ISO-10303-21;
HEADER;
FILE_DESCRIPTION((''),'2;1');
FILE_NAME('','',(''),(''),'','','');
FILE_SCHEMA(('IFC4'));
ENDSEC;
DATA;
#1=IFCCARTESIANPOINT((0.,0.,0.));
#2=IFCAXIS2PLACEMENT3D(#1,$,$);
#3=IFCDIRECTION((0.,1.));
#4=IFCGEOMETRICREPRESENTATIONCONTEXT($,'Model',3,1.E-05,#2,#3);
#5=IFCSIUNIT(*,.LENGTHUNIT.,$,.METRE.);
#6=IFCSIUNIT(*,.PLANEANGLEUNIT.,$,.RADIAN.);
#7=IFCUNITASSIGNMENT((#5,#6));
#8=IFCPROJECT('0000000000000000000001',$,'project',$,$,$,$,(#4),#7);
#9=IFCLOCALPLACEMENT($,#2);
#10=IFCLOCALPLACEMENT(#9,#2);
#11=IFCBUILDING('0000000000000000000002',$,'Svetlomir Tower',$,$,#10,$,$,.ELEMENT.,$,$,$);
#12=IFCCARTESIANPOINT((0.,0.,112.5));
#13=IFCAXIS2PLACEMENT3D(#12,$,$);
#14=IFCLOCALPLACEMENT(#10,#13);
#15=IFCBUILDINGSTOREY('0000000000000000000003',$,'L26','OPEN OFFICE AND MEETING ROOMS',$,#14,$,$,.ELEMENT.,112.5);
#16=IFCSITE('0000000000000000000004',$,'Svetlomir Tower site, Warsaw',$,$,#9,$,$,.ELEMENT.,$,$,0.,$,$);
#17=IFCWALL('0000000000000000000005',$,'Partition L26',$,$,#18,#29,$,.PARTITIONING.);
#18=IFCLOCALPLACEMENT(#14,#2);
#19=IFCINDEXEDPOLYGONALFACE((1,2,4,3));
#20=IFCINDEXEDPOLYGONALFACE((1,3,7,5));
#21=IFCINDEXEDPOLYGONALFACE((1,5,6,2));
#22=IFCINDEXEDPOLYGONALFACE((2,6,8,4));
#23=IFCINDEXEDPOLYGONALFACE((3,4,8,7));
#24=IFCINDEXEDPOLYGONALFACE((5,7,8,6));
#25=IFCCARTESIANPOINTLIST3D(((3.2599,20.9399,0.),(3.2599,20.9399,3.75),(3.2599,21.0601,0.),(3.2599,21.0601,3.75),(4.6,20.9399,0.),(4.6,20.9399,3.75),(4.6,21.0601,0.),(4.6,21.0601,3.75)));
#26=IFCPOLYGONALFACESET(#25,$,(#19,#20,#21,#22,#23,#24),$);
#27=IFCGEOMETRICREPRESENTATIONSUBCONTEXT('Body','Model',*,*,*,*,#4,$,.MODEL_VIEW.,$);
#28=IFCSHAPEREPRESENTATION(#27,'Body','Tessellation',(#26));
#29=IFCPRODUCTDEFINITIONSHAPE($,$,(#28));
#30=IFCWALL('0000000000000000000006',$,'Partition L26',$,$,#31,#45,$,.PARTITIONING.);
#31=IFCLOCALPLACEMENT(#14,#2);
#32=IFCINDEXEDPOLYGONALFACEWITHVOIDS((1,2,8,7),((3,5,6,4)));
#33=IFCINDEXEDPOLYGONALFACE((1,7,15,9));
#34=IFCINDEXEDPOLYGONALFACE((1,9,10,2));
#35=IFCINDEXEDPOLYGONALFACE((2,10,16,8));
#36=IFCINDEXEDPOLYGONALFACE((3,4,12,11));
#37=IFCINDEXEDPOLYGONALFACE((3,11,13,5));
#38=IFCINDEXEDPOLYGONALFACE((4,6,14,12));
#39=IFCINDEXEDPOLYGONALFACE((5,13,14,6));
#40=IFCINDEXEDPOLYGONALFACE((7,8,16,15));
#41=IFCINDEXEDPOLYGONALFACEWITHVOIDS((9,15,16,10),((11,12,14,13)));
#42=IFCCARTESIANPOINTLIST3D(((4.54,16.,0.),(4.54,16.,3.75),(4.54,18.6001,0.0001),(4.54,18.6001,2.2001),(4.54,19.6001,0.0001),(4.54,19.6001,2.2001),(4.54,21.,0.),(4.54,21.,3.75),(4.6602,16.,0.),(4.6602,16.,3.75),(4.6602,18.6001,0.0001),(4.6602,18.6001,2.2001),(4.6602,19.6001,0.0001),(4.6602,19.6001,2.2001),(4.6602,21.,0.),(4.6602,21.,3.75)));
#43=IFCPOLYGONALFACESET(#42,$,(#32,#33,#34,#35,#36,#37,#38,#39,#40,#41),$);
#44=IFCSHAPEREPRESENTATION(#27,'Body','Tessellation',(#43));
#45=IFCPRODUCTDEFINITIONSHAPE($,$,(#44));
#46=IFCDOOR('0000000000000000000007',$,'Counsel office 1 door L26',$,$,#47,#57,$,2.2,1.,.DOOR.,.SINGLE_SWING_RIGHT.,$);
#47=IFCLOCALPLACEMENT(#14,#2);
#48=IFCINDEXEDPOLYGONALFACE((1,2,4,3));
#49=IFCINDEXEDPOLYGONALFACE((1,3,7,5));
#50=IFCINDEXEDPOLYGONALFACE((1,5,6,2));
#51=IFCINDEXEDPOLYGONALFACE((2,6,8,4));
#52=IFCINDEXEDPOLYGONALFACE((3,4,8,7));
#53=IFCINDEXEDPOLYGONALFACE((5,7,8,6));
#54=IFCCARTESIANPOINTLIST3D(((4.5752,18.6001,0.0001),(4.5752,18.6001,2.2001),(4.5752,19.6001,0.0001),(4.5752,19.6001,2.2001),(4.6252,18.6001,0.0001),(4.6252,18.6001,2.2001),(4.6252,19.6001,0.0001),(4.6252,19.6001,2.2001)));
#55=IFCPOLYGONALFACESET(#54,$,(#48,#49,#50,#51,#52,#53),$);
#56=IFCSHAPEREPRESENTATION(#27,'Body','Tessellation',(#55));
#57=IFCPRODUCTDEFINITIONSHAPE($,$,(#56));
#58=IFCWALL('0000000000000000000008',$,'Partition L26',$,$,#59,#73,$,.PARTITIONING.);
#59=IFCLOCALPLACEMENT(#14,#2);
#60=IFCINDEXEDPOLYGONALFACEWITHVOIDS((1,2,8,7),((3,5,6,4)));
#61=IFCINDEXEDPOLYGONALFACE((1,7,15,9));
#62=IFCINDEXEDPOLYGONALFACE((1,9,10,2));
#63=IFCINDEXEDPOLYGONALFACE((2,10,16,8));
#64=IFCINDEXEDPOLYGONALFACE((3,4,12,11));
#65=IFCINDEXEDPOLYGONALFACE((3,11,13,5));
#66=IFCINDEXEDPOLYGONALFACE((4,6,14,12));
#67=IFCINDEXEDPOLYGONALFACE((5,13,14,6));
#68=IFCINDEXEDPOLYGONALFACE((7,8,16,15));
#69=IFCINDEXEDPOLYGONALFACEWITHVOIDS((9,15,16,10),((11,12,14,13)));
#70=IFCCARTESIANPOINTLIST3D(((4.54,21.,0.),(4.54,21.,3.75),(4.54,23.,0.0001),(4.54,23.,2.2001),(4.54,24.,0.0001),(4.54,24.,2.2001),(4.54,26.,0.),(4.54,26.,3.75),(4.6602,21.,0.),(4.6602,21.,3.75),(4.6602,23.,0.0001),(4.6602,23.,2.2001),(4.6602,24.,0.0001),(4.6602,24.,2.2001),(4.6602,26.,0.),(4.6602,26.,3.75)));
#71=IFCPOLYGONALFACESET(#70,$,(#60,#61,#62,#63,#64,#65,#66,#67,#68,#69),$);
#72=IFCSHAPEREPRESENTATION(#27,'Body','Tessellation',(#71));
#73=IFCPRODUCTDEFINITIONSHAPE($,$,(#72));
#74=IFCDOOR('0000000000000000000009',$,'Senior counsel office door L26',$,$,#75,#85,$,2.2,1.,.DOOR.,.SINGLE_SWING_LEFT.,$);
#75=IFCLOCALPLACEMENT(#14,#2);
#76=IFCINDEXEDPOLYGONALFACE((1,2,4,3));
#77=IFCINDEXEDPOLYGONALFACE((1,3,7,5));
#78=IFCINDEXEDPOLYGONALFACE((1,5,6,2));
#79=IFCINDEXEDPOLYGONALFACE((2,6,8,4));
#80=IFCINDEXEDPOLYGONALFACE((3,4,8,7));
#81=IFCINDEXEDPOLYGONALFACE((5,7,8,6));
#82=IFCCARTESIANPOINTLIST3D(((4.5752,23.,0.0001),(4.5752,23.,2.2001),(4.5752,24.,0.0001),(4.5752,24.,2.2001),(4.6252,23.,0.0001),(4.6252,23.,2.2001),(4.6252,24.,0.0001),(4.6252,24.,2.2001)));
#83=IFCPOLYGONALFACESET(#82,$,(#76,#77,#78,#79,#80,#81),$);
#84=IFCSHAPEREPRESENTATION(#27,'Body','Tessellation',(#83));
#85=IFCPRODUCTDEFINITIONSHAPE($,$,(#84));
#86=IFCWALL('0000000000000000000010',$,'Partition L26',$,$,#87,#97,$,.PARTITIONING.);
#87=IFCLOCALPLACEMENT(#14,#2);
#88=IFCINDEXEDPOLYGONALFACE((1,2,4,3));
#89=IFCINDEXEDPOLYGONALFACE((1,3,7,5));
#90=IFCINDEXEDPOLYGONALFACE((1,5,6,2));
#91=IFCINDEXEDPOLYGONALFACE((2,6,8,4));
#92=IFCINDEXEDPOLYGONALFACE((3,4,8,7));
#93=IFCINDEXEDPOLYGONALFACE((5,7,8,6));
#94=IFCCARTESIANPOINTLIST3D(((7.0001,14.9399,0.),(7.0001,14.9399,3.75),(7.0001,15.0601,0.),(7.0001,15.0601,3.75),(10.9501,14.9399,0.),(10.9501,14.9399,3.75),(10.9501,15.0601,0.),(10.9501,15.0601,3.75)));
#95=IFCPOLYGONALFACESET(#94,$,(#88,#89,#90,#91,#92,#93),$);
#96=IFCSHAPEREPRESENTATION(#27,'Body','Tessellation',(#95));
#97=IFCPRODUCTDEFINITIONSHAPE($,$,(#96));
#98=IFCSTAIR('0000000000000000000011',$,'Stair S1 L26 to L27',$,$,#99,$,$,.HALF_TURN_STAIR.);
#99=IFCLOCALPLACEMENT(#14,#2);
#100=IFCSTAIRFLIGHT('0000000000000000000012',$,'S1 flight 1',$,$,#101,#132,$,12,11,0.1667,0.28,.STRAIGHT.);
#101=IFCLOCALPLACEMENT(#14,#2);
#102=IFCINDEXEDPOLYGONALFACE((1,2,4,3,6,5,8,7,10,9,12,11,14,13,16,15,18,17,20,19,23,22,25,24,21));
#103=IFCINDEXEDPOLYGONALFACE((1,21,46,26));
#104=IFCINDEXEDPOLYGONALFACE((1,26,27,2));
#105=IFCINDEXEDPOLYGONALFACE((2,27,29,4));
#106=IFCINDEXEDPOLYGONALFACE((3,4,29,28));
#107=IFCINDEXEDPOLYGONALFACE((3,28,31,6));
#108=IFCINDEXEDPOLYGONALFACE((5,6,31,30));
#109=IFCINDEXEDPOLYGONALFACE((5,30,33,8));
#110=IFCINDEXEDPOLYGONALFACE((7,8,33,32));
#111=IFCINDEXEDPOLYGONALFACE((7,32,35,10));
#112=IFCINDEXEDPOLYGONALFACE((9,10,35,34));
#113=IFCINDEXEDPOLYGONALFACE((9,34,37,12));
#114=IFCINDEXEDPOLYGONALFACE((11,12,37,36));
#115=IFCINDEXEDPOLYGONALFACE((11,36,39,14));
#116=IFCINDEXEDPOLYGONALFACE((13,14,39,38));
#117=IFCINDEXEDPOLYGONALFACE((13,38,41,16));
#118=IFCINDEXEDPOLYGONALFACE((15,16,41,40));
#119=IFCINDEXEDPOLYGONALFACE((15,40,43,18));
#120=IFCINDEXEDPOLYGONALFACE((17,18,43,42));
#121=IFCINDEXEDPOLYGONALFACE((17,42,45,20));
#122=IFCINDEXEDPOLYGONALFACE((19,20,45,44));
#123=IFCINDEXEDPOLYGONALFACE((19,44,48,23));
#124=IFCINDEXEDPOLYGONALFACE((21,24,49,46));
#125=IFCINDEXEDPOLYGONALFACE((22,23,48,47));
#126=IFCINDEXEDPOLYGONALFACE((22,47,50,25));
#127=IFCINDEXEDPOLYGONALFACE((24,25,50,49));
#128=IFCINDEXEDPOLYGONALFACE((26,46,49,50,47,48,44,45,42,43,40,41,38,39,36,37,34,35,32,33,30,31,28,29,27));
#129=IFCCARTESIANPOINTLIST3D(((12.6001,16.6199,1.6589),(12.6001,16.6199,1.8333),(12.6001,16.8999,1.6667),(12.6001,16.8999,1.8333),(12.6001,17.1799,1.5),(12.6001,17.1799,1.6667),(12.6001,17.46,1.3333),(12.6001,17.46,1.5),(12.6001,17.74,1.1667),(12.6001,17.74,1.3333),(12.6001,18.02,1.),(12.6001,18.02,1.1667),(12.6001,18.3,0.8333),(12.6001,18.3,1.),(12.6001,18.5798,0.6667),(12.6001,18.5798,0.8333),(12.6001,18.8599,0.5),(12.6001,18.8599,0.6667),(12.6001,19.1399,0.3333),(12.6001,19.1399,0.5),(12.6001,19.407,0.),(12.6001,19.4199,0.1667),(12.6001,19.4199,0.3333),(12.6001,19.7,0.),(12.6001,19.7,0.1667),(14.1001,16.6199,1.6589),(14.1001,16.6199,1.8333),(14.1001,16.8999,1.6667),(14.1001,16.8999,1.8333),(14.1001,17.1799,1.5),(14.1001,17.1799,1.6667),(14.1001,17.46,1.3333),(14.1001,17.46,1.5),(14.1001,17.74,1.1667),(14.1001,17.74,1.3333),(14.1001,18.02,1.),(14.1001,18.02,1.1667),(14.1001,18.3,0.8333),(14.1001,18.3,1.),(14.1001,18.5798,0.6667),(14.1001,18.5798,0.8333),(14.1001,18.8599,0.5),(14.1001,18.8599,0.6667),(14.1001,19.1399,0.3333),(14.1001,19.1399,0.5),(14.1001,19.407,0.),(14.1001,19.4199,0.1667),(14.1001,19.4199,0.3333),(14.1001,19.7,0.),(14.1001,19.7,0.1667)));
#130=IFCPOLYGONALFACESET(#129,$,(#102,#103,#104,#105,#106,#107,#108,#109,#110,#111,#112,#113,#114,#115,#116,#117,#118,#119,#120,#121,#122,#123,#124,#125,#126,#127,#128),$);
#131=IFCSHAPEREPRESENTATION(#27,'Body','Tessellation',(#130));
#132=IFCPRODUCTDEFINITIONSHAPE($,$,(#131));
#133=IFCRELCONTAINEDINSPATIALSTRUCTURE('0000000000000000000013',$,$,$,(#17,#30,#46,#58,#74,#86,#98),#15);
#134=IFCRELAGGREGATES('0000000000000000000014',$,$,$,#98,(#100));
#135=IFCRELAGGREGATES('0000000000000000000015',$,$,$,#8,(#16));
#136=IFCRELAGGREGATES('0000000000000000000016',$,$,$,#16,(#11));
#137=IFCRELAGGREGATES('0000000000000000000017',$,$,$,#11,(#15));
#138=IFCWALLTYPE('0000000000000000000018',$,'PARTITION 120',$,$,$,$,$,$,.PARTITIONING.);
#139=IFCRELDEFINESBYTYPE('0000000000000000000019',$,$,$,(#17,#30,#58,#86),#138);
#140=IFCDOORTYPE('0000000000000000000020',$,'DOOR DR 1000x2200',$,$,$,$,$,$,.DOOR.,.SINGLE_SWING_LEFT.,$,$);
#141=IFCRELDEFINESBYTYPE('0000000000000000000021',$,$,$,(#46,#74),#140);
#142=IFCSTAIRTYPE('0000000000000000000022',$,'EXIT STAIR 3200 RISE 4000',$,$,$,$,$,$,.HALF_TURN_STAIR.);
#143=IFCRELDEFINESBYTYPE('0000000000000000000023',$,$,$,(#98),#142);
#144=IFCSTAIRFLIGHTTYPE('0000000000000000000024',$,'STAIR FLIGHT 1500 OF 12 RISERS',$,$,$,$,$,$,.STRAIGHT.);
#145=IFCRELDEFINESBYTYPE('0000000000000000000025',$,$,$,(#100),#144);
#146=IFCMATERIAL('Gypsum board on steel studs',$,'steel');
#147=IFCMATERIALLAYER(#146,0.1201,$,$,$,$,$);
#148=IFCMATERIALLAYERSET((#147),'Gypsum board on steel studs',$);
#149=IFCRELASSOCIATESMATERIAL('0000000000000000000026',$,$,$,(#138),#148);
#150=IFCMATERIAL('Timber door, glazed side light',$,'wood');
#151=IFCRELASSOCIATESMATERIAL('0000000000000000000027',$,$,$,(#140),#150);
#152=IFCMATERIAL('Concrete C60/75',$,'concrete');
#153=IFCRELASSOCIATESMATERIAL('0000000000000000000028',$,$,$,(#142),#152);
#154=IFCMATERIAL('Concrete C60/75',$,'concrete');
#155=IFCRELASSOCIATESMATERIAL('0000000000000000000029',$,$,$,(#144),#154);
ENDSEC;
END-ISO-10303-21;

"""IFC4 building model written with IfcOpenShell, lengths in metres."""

from ifc_helpers import new_model, si_unit, direction, frame, frame_2d, origin, place, context, subcontext, project, spatial, polyline, rectangle, outline, extrude, material, layer, layer_set, type_object, element, fill, aggregate, save


model = new_model("IFC4")

# Units and contexts
model_context = context("Model", 3, precision=1e-05, world=origin(), true_north=direction((0.0, 1.0)))
body_context = subcontext(model_context, "Body", "Model", "MODEL_VIEW")
ifc_project = project(units=[si_unit("LENGTHUNIT", "METRE"), si_unit("PLANEANGLEUNIT", "RADIAN")], contexts=[model_context])

# Site, building, storey
site_placement = place(None, origin())
site = spatial("IfcSite", under=ifc_project, at=site_placement, Name="Svetlomir Tower site, Warsaw", CompositionType="ELEMENT", RefElevation=0.0)
building_placement = place(site_placement, origin())
building = spatial("IfcBuilding", under=site, at=building_placement, Name="Svetlomir Tower", CompositionType="ELEMENT")
storey_placement = place(building_placement, frame((0.0, 0.0, 112.5)))
storey = spatial("IfcBuildingStorey", under=building, at=storey_placement, Name="L26", Description="OPEN OFFICE AND MEETING ROOMS", CompositionType="ELEMENT", Elevation=112.5)

# Wall
ifc_material_1 = material(Name="Gypsum board on steel studs", Category="steel")
ifc_layer_1 = layer(ifc_material_1, 0.1201)
ifc_layer_set_1 = layer_set([ifc_layer_1], Name="Gypsum board on steel studs")
wall_type_1 = type_object("IfcWallType", Name="PARTITION 120", PredefinedType="PARTITIONING", material=ifc_layer_set_1)
wall_1_placement = place(storey_placement, frame((3.26, 21.0, 0.0), z_axis=(0.0, 0.0, 1.0), x_axis=(1.0, 0.0, 0.0)))
element("IfcWall", 1, at=wall_1_placement, inside=storey, type_object=wall_type_1, Name="Partition L26", PredefinedType="PARTITIONING", context=body_context, shape_type="SweptSolid", body=[
    extrude(rectangle(XDim=1.3401, YDim=0.1201, at=frame_2d((0.6699, 0.0))), origin(), (0.0, 0.0, 1.0), 3.75),
])

# Walls, openings, doors
wall_2_placement = place(storey_placement, frame((4.6001, 16.0, 0.0), z_axis=(0.0, 0.0, 1.0), x_axis=(0.0, 1.0, 0.0)))
wall_2 = element("IfcWall", 2, at=wall_2_placement, inside=storey, type_object=wall_type_1, Name="Partition L26", PredefinedType="PARTITIONING", context=body_context, shape_type="SweptSolid", body=[
    extrude(rectangle(XDim=5.0, YDim=0.1201, at=frame_2d((2.5, 0.0))), origin(), (0.0, 0.0, 1.0), 3.75),
])
opening_1_placement = place(wall_2_placement, frame((2.6001, 0.0, 0.0)))
opening_1 = element("IfcOpeningElement", 3, at=opening_1_placement, cuts=wall_2, PredefinedType="OPENING", context=body_context, shape_type="SweptSolid", body=[
    extrude(rectangle(XDim=1.0, YDim=2.2, at=frame_2d((0.5, 1.1001))), frame((0.0, 0.0701, 0.0), z_axis=(0.0, -1.0, 0.0), x_axis=(1.0, 0.0, 0.0)), (0.0, 0.0, 1.0), 0.1401),
])
ifc_material_2 = material(Name="Timber door, glazed side light", Category="wood")
door_type_1 = type_object("IfcDoorType", Name="DOOR DR 1000x2200", OperationType="SINGLE_SWING_LEFT", PredefinedType="DOOR", material=ifc_material_2)
door_1_placement = place(opening_1_placement, origin())
door_1 = element("IfcDoor", 4, at=door_1_placement, inside=storey, type_object=door_type_1, Name="Counsel office 1 door L26", OperationType="SINGLE_SWING_RIGHT", OverallHeight=2.2, OverallWidth=1.0, PredefinedType="DOOR", context=body_context, shape_type="SweptSolid", body=[
    extrude(rectangle(XDim=1.0, YDim=2.2, at=frame_2d((0.5, 1.1001))), frame((0.0, 0.0249, 0.0), z_axis=(0.0, -1.0, 0.0), x_axis=(1.0, 0.0, 0.0)), (0.0, 0.0, 1.0), 0.05),
])
fill(opening_1, door_1)
wall_3_placement = place(storey_placement, frame((4.6001, 21.0, 0.0), z_axis=(0.0, 0.0, 1.0), x_axis=(0.0, 1.0, 0.0)))
wall_3 = element("IfcWall", 5, at=wall_3_placement, inside=storey, type_object=wall_type_1, Name="Partition L26", PredefinedType="PARTITIONING", context=body_context, shape_type="SweptSolid", body=[
    extrude(rectangle(XDim=5.0, YDim=0.1201, at=frame_2d((2.5, 0.0))), origin(), (0.0, 0.0, 1.0), 3.75),
])
opening_2_placement = place(wall_3_placement, frame((2.0, 0.0, 0.0)))
opening_2 = element("IfcOpeningElement", 6, at=opening_2_placement, cuts=wall_3, PredefinedType="OPENING", context=body_context, shape_type="SweptSolid", body=[
    extrude(rectangle(XDim=1.0, YDim=2.2, at=frame_2d((0.5, 1.1001))), frame((0.0, 0.0701, 0.0), z_axis=(0.0, -1.0, 0.0), x_axis=(1.0, 0.0, 0.0)), (0.0, 0.0, 1.0), 0.1401),
])
door_2_placement = place(opening_2_placement, origin())
door_2 = element("IfcDoor", 7, at=door_2_placement, inside=storey, type_object=door_type_1, Name="Senior counsel office door L26", OperationType="SINGLE_SWING_LEFT", OverallHeight=2.2, OverallWidth=1.0, PredefinedType="DOOR", context=body_context, shape_type="SweptSolid", body=[
    extrude(rectangle(XDim=1.0, YDim=2.2, at=frame_2d((0.5, 1.1001))), frame((0.0, 0.0249, 0.0), z_axis=(0.0, -1.0, 0.0), x_axis=(1.0, 0.0, 0.0)), (0.0, 0.0, 1.0), 0.05),
])
fill(opening_2, door_2)

# Wall
wall_4_placement = place(storey_placement, frame((7.0, 15.0, 0.0), z_axis=(0.0, 0.0, 1.0), x_axis=(1.0, 0.0, 0.0)))
element("IfcWall", 8, at=wall_4_placement, inside=storey, type_object=wall_type_1, Name="Partition L26", PredefinedType="PARTITIONING", context=body_context, shape_type="SweptSolid", body=[
    extrude(rectangle(XDim=3.95, YDim=0.1201, at=frame_2d((1.9751, 0.0))), origin(), (0.0, 0.0, 1.0), 3.75),
])

# Stair, stair flight
ifc_material_3 = material(Name="Concrete C60/75", Category="concrete")
stair_type = type_object("IfcStairType", Name="EXIT STAIR 3200 RISE 4000", PredefinedType="HALF_TURN_STAIR", material=ifc_material_3)
stair_placement = place(storey_placement, origin())
stair = element("IfcStair", 9, at=stair_placement, inside=storey, type_object=stair_type, Name="Stair S1 L26 to L27", PredefinedType="HALF_TURN_STAIR")
ifc_material_4 = material(Name="Concrete C60/75", Category="concrete")
stair_flight_type = type_object("IfcStairFlightType", Name="STAIR FLIGHT 1500 OF 12 RISERS", PredefinedType="STRAIGHT", material=ifc_material_4)
stair_flight_placement = place(storey_placement, frame((13.3501, 19.7, 0.0), z_axis=(0.0, 0.0, 1.0), x_axis=(0.0, -1.0, 0.0)))
stair_flight = element("IfcStairFlight", 10, at=stair_flight_placement, type_object=stair_flight_type, Name="S1 flight 1", NumberOfRisers=12, NumberOfTreads=11, PredefinedType="STRAIGHT", RiserHeight=0.1667, TreadLength=0.28, context=body_context, shape_type="SweptSolid", body=[
    extrude(outline(polyline([(0.0, 0.0), (0.0, 0.1667), (0.28, 0.1667), (0.28, 0.3333), (0.5601, 0.3333), (0.5601, 0.5), (0.8401, 0.5), (0.8401, 0.6667), (1.1201, 0.6667), (1.1201, 0.8333), (1.3999, 0.8333), (1.3999, 1.0), (1.6799, 1.0), (1.6799, 1.1667), (1.96, 1.1667), (1.96, 1.3333), (2.24, 1.3333), (2.24, 1.5), (2.52, 1.5), (2.52, 1.6667), (2.8, 1.6667), (2.8, 1.8333), (3.0801, 1.8333), (3.0801, 2.0), (3.0801, 1.6589), (0.293, 0.0), (0.0, 0.0)])), frame((0.0, 0.75, 0.0), z_axis=(0.0, -1.0, 0.0), x_axis=(1.0, 0.0, 0.0)), (0.0, 0.0, 1.0), 1.5),
])
aggregate(stair, [stair_flight])

save(model, "model.ifc")
